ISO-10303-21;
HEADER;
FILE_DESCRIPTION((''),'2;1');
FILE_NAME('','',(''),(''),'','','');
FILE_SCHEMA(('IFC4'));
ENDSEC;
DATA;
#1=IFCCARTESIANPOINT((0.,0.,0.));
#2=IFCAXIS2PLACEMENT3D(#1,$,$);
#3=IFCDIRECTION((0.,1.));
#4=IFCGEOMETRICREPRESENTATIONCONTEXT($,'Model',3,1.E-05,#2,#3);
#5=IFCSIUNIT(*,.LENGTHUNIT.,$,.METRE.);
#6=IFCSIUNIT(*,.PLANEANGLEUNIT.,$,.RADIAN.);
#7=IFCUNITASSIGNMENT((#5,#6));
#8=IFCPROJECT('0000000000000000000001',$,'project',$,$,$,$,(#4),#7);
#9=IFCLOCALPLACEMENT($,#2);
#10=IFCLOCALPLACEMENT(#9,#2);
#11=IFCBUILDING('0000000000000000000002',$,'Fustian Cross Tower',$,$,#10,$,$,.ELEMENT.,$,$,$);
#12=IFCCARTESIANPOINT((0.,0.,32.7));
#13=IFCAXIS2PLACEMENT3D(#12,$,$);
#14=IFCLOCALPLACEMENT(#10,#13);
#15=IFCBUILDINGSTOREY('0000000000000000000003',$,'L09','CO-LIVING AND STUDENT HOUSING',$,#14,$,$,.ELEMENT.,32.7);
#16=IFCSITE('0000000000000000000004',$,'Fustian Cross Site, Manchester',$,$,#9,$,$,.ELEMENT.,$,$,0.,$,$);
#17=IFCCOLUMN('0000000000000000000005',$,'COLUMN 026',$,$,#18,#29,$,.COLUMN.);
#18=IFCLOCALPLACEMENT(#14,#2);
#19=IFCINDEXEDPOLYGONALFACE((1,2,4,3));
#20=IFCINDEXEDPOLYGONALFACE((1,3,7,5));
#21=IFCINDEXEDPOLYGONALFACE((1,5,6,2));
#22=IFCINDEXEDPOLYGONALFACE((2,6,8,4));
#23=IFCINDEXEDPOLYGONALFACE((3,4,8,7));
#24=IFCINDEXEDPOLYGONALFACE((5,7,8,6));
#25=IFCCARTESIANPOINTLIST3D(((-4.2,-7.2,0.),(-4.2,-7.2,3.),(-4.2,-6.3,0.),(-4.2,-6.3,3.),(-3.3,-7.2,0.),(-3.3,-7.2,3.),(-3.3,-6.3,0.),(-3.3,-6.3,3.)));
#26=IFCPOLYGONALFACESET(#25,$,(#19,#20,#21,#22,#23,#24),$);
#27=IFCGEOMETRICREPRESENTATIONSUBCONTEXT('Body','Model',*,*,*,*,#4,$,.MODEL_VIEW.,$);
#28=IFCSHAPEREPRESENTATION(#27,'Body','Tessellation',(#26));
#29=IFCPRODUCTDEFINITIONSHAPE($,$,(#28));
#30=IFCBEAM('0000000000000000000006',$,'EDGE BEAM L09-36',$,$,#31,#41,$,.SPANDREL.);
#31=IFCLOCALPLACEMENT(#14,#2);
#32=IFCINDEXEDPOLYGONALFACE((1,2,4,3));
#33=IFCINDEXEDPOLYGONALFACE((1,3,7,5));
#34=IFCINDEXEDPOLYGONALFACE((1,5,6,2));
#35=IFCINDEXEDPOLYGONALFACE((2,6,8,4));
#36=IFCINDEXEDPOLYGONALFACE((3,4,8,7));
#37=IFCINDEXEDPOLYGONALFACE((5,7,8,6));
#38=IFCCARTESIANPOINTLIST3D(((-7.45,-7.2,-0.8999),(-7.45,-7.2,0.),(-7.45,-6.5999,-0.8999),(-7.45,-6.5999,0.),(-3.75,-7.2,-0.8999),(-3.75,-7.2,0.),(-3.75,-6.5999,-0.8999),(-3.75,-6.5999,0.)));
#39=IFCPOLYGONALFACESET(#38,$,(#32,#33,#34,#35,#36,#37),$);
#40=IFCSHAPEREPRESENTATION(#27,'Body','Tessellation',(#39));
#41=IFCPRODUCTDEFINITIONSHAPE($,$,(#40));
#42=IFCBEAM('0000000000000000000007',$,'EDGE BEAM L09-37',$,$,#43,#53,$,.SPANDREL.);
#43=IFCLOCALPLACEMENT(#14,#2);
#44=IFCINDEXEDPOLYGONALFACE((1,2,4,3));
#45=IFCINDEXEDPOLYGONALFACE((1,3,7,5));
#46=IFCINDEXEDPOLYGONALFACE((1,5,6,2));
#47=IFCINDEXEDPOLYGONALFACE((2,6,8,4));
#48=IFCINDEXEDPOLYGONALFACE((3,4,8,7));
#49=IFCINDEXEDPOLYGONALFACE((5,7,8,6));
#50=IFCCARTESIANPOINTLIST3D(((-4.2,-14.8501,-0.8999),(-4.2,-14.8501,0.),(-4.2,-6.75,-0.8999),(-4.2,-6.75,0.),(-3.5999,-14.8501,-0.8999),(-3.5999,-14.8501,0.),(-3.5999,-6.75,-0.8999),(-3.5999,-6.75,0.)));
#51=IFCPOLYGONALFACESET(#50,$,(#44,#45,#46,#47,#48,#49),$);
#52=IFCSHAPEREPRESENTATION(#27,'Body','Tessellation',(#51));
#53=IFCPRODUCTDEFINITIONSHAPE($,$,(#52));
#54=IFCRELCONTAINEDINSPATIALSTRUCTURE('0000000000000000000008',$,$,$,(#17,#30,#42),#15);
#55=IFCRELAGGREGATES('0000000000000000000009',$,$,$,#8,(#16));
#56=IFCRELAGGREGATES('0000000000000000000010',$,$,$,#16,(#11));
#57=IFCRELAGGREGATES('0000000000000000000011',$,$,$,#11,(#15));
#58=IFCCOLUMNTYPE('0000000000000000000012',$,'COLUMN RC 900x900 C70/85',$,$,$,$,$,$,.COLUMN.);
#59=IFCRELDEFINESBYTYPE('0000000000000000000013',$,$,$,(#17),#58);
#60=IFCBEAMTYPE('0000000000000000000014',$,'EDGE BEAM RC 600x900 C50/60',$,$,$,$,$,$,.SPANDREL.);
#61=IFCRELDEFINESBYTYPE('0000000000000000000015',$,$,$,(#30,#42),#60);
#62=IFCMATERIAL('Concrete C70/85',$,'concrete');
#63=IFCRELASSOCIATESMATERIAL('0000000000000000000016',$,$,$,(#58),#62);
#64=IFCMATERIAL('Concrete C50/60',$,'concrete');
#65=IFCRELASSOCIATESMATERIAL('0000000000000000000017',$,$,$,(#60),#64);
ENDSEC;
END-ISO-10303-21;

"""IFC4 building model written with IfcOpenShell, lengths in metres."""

from ifc_helpers import new_model, si_unit, direction, frame, origin, origin_2d, place, context, subcontext, project, spatial, rectangle, extrude, material, material_profile, profile_set, type_object, element, save


model = new_model("IFC4")

# Units and contexts
model_context = context("Model", 3, precision=1e-05, world=origin(), true_north=direction((0.0, 1.0)))
body_context = subcontext(model_context, "Body", "Model", "MODEL_VIEW")
ifc_project = project(units=[si_unit("LENGTHUNIT", "METRE"), si_unit("PLANEANGLEUNIT", "RADIAN")], contexts=[model_context])

# Site, building, storey
site_placement = place(None, origin())
site = spatial("IfcSite", under=ifc_project, at=site_placement, Name="Fustian Cross Site, Manchester", CompositionType="ELEMENT", RefElevation=0.0)
building_placement = place(site_placement, origin())
building = spatial("IfcBuilding", under=site, at=building_placement, Name="Fustian Cross Tower", CompositionType="ELEMENT")
storey_placement = place(building_placement, frame((0.0, 0.0, 32.7)))
storey = spatial("IfcBuildingStorey", under=building, at=storey_placement, Name="L09", Description="CO-LIVING AND STUDENT HOUSING", CompositionType="ELEMENT", Elevation=32.7)

# Column
ifc_material_1 = material(Name="Concrete C70/85", Category="concrete")
ifc_material_profile_1 = material_profile(ifc_material_1, rectangle(XDim=0.8999, YDim=0.8999, at=origin_2d()), Name="RC 900x900")
ifc_profile_set_1 = profile_set([ifc_material_profile_1], Name="Concrete C70/85")
column_type = type_object("IfcColumnType", Name="COLUMN RC 900x900 C70/85", PredefinedType="COLUMN", material=ifc_profile_set_1)
column_placement = place(storey_placement, frame((-3.75, -6.75, 0.0), z_axis=(0.0, 0.0, 1.0), x_axis=(1.0, 0.0, 0.0)))
element("IfcColumn", 1, at=column_placement, inside=storey, type_object=column_type, Name="COLUMN 026", PredefinedType="COLUMN", context=body_context, shape_type="SweptSolid", body=[
    extrude(rectangle(XDim=0.8999, YDim=0.8999, at=origin_2d()), origin(), (0.0, 0.0, 1.0), 3.0),
])

# Beams
ifc_material_2 = material(Name="Concrete C50/60", Category="concrete")
ifc_material_profile_2 = material_profile(ifc_material_2, rectangle(XDim=0.6001, YDim=0.8999, at=origin_2d()), Name="RC 600x900")
ifc_profile_set_2 = profile_set([ifc_material_profile_2], Name="Concrete C50/60")
beam_type = type_object("IfcBeamType", Name="EDGE BEAM RC 600x900 C50/60", PredefinedType="SPANDREL", material=ifc_profile_set_2)
beam_1_placement = place(storey_placement, frame((-7.45, -6.8999, -0.45), z_axis=(1.0, 0.0, 0.0), x_axis=(0.0, 1.0, 0.0)))
element("IfcBeam", 2, at=beam_1_placement, inside=storey, type_object=beam_type, Name="EDGE BEAM L09-36", PredefinedType="SPANDREL", context=body_context, shape_type="SweptSolid", body=[
    extrude(rectangle(XDim=0.6001, YDim=0.8999, at=origin_2d()), origin(), (0.0, 0.0, 1.0), 3.7),
])
beam_2_placement = place(storey_placement, frame((-3.8999, -6.75, -0.45), z_axis=(0.0, -1.0, 0.0), x_axis=(1.0, 0.0, 0.0)))
element("IfcBeam", 3, at=beam_2_placement, inside=storey, type_object=beam_type, Name="EDGE BEAM L09-37", PredefinedType="SPANDREL", context=body_context, shape_type="SweptSolid", body=[
    extrude(rectangle(XDim=0.6001, YDim=0.8999, at=origin_2d()), origin(), (0.0, 0.0, 1.0), 8.1001),
])

save(model, "model.ifc")
